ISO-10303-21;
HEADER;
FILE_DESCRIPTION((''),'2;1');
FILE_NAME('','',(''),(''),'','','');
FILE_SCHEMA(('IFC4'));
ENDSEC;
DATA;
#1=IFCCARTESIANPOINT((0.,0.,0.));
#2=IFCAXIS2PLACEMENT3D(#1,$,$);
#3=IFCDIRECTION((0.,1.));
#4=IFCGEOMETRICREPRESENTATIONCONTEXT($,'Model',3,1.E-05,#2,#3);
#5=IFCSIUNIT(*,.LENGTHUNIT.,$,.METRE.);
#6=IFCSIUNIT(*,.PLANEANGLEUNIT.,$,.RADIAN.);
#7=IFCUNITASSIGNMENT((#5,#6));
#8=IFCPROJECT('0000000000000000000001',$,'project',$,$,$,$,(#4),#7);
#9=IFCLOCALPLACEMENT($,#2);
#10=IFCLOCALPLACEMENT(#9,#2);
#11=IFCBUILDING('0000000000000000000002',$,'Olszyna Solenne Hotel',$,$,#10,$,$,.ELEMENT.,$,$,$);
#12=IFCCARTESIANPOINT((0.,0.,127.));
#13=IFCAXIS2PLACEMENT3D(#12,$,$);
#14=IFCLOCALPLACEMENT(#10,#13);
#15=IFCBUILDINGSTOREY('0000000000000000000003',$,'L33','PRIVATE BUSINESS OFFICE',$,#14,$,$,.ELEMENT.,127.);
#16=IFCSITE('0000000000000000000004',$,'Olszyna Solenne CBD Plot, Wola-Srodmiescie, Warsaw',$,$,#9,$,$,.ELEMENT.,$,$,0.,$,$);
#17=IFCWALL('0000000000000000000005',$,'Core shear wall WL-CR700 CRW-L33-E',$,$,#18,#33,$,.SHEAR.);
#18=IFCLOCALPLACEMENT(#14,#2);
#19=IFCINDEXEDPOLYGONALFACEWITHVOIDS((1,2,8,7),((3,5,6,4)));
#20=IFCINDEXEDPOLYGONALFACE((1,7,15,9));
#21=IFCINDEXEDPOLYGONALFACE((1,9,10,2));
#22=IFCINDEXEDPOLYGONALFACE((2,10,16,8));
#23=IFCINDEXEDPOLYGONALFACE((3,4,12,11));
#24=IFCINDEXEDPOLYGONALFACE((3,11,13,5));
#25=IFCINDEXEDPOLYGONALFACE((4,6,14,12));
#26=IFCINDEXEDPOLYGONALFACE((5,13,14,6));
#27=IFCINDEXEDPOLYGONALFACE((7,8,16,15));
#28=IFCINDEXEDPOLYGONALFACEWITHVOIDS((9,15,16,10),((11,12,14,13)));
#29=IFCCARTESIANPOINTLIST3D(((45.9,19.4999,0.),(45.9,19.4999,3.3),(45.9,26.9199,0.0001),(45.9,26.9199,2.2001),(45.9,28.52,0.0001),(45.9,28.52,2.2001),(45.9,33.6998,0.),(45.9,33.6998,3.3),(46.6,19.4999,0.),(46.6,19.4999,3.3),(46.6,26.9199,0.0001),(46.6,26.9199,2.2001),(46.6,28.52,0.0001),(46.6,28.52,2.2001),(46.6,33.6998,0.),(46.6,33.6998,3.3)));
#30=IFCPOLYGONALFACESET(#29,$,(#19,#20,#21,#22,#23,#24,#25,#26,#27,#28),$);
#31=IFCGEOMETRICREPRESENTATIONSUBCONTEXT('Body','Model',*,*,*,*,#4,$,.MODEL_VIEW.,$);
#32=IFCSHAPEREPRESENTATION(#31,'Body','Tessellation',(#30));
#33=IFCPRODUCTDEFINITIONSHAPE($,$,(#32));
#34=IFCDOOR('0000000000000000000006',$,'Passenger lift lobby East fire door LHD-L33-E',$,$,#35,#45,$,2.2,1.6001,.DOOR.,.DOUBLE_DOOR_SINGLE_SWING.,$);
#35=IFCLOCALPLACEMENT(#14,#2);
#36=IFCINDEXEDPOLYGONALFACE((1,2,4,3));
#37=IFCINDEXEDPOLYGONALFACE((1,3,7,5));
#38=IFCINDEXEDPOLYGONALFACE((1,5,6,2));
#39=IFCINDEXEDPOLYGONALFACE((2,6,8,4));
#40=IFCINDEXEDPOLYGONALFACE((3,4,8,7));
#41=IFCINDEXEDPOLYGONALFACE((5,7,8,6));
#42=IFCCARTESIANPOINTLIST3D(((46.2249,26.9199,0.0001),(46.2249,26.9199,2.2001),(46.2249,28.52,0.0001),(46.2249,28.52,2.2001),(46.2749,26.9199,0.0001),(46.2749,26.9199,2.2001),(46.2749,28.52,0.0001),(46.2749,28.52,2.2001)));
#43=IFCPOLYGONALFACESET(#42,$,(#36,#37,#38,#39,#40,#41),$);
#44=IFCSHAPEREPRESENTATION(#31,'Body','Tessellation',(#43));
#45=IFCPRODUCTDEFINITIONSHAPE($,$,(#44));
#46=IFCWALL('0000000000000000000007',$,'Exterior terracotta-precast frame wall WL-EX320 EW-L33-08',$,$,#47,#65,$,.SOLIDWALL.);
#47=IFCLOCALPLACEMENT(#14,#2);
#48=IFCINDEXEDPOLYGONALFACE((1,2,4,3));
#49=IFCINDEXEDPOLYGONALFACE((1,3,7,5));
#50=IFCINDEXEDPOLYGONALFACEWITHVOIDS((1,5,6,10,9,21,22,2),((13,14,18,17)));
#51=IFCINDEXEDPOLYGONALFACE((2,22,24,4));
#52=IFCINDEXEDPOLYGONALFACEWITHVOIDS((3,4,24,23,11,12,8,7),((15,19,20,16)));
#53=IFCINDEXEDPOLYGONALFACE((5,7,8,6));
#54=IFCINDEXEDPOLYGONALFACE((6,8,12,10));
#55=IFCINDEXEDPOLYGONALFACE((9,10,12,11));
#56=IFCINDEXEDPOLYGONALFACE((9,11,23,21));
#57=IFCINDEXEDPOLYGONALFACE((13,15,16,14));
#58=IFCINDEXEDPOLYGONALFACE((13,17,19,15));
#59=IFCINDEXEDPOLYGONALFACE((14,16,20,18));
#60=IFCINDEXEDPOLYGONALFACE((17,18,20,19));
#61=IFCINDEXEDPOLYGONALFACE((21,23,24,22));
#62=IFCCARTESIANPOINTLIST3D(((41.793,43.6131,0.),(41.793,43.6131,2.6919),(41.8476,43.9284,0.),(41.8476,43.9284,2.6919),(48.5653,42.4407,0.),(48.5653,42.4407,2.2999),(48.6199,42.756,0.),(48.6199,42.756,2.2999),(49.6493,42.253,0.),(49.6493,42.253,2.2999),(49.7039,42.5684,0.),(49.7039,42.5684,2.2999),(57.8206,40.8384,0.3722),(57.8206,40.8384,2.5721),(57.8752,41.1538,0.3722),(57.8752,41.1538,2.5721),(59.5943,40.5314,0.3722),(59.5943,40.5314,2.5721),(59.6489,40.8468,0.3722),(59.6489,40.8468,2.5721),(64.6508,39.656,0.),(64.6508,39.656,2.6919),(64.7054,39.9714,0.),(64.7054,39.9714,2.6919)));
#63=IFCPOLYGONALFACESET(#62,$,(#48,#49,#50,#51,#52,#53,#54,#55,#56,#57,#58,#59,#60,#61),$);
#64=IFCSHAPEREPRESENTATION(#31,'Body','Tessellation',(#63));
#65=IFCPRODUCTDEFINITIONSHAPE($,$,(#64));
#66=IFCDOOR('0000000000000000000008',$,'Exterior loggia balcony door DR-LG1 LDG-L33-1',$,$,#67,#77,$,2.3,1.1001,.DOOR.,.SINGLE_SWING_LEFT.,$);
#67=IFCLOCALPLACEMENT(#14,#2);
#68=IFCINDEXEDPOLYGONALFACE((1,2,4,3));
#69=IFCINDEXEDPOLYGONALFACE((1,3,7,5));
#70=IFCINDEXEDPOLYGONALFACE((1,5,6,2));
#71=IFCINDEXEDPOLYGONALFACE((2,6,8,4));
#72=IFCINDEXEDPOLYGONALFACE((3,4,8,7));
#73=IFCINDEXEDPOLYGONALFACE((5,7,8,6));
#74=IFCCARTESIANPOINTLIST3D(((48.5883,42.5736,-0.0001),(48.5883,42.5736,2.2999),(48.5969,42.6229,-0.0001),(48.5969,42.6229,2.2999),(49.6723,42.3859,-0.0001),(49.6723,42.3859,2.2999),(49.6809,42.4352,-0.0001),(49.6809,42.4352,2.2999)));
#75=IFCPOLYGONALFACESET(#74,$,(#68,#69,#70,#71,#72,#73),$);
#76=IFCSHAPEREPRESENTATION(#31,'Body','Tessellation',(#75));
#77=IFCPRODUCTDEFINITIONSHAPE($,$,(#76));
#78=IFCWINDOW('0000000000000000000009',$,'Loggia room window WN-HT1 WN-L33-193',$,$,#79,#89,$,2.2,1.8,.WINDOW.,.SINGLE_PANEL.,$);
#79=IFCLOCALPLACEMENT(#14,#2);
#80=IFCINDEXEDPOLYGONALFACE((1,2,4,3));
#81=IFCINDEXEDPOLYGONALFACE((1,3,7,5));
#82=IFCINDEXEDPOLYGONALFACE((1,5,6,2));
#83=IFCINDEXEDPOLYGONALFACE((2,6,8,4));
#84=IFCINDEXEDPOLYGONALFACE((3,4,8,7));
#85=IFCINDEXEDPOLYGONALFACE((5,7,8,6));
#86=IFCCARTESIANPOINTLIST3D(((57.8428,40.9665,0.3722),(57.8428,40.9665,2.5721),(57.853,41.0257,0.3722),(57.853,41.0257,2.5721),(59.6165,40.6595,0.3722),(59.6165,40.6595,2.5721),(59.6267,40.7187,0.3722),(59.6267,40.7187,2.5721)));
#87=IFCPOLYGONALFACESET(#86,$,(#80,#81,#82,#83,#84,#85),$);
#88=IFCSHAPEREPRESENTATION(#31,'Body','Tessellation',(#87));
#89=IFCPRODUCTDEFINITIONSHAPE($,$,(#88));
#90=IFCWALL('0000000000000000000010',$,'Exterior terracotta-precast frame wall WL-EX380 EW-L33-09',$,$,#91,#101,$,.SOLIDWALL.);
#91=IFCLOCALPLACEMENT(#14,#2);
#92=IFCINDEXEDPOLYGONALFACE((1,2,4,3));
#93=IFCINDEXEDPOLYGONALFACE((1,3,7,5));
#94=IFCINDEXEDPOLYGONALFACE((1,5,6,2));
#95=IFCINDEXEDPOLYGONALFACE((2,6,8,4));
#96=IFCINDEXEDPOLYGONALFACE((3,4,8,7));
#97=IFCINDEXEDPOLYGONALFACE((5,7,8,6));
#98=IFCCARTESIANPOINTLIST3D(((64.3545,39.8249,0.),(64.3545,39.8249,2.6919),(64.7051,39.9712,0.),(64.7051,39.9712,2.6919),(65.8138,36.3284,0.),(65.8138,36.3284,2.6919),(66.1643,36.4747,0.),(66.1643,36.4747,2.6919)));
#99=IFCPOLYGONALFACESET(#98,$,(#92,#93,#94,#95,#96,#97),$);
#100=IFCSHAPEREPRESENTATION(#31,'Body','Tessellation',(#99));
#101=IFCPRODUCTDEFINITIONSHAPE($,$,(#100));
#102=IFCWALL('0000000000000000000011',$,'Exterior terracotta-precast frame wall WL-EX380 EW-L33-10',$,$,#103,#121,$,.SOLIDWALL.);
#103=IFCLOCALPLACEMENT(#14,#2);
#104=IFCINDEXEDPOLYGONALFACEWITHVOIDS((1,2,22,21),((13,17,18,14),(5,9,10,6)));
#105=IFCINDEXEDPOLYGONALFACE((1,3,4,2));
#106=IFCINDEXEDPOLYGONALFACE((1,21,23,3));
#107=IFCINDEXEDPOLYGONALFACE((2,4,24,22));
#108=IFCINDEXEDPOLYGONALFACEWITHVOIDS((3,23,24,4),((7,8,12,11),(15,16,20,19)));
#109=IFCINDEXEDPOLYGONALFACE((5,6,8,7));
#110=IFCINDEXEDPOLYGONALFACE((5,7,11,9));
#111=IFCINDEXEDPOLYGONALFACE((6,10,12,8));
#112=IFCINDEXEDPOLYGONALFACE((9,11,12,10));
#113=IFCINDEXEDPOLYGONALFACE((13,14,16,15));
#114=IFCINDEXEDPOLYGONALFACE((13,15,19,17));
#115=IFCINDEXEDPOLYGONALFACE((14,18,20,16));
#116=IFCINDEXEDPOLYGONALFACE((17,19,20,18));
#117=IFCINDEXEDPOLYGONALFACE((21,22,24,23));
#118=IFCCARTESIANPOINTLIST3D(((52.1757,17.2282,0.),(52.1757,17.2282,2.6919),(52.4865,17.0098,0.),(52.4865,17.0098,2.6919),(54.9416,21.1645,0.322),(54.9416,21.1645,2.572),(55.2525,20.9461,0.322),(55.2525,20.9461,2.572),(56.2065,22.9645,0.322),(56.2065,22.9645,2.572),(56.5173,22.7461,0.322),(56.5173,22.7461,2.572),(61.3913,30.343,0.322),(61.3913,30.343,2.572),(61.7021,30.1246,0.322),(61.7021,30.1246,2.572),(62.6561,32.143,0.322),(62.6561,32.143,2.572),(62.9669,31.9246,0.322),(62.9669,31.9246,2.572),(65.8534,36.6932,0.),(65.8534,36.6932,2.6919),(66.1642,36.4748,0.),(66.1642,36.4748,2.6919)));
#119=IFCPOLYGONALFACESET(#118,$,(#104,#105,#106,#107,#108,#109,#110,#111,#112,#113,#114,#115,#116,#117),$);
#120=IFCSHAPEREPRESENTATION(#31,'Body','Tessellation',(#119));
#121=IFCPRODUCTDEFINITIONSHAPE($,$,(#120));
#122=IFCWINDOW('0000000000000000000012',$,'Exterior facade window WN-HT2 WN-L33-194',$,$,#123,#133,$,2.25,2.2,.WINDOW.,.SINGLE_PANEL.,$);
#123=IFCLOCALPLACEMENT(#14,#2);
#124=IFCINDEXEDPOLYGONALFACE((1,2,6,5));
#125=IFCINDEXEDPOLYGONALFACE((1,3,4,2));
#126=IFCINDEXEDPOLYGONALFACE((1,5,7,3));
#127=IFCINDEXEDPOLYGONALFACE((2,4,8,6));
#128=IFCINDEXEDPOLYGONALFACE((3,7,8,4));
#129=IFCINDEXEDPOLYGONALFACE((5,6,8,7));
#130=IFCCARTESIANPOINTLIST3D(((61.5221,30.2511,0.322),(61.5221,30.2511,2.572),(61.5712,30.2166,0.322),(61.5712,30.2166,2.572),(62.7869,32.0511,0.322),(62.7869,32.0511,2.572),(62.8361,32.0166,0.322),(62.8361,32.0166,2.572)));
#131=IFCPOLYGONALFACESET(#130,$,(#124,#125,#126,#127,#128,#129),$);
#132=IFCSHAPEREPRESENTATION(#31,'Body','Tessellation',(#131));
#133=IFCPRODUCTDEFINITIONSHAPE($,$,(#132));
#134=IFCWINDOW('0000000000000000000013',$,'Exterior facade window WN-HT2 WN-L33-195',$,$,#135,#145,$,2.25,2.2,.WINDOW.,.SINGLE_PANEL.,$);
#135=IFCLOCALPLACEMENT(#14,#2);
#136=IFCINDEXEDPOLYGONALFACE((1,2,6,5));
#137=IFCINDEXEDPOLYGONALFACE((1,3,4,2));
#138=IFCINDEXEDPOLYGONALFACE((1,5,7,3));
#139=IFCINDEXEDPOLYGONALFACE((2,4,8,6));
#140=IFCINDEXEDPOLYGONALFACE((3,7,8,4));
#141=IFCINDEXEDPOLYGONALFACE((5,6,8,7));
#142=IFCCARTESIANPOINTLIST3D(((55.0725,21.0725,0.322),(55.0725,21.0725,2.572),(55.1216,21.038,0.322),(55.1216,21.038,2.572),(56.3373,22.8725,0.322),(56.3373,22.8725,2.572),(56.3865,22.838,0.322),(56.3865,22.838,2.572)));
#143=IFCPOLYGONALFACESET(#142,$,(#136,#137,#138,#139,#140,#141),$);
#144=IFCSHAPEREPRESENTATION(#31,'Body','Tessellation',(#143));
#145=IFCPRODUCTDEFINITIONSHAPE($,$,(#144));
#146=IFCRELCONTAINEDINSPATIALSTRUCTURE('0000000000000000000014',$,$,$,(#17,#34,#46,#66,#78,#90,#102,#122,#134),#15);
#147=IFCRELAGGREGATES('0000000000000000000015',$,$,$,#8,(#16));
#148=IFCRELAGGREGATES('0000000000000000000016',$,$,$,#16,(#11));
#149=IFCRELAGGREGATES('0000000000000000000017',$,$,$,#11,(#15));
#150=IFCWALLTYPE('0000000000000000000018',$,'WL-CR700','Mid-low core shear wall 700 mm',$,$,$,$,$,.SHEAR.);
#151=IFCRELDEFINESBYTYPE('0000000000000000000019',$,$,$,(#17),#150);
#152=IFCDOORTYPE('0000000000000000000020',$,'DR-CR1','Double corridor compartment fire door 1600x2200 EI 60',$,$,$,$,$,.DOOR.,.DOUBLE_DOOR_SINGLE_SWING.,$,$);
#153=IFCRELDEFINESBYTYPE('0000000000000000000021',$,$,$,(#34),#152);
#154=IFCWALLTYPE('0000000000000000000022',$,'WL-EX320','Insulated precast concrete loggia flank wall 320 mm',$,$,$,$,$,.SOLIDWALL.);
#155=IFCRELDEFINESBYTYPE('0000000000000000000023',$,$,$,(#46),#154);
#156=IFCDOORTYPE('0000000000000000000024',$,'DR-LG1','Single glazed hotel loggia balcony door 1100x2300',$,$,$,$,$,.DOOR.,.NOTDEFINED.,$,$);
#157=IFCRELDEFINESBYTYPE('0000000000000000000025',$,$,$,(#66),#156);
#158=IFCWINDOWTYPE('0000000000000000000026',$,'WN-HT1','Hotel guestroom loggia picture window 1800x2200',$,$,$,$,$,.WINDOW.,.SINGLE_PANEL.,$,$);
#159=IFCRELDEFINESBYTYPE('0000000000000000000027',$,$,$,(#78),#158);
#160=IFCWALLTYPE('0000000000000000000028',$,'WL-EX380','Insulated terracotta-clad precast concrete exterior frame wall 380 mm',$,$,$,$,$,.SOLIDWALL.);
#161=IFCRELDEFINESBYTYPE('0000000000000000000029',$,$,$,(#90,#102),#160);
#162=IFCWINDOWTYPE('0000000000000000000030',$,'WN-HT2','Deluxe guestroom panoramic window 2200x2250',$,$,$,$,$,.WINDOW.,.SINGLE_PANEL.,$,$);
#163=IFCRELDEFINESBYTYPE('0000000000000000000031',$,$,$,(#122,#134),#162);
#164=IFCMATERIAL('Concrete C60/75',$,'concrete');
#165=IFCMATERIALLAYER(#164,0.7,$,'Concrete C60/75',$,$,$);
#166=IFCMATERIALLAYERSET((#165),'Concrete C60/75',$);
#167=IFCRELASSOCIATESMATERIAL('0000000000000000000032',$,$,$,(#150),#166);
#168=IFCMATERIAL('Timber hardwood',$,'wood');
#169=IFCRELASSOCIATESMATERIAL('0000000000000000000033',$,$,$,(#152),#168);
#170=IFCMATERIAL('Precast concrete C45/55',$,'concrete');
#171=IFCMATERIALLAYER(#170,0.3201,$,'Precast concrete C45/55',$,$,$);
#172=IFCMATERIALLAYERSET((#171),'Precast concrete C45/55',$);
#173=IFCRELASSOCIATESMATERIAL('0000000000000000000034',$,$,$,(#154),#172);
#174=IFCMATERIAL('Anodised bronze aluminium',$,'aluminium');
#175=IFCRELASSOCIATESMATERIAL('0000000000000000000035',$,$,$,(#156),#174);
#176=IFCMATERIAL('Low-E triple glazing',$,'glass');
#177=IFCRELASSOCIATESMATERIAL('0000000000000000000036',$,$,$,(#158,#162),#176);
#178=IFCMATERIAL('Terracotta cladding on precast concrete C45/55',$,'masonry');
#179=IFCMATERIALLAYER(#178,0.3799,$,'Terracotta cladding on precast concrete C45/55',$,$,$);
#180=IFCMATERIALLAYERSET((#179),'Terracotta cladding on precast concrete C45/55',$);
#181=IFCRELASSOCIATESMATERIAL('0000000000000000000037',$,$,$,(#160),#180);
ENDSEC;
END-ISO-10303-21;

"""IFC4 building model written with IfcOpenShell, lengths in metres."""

from ifc_helpers import new_model, si_unit, direction, frame, frame_2d, origin, place, context, subcontext, project, spatial, rectangle, extrude, source, transform, mapped, material, layer, layer_set, type_object, type_shapes, element, fill, save


model = new_model("IFC4")

# Units and contexts
model_context = context("Model", 3, precision=1e-05, world=origin(), true_north=direction((0.0, 1.0)))
body_context = subcontext(model_context, "Body", "Model", "MODEL_VIEW")
ifc_project = project(units=[si_unit("LENGTHUNIT", "METRE"), si_unit("PLANEANGLEUNIT", "RADIAN")], contexts=[model_context])

# Site, building, storey
site_placement = place(None, origin())
site = spatial("IfcSite", under=ifc_project, at=site_placement, Name="Olszyna Solenne CBD Plot, Wola-Srodmiescie, Warsaw", CompositionType="ELEMENT", RefElevation=0.0)
building_placement = place(site_placement, origin())
building = spatial("IfcBuilding", under=site, at=building_placement, Name="Olszyna Solenne Hotel", CompositionType="ELEMENT")
storey_placement = place(building_placement, frame((0.0, 0.0, 127.0)))
storey = spatial("IfcBuildingStorey", under=building, at=storey_placement, Name="L33", Description="PRIVATE BUSINESS OFFICE", CompositionType="ELEMENT", Elevation=127.0)

# Shared definitions
ifc_material_1 = material(Name="Anodised bronze aluminium", Category="aluminium")

# Wall, opening, door
ifc_material_2 = material(Name="Concrete C60/75", Category="concrete")
ifc_layer_1 = layer(ifc_material_2, 0.7, Name="Concrete C60/75")
ifc_layer_set_1 = layer_set([ifc_layer_1], Name="Concrete C60/75")
wall_type_1 = type_object("IfcWallType", Name="WL-CR700", Description="Mid-low core shear wall 700 mm", PredefinedType="SHEAR", material=ifc_layer_set_1)
wall_1_placement = place(storey_placement, frame((46.25, 33.7, 0.0), z_axis=(0.0, 0.0, 1.0), x_axis=(0.0, -1.0, 0.0)))
wall_1 = element("IfcWall", 1, at=wall_1_placement, inside=storey, type_object=wall_type_1, Name="Core shear wall WL-CR700 CRW-L33-E", PredefinedType="SHEAR", context=body_context, shape_type="SweptSolid", body=[
    extrude(rectangle(XDim=14.2, YDim=0.7, at=frame_2d((7.1001, 0.0))), origin(), (0.0, 0.0, 1.0), 3.3),
])
opening_1_placement = place(wall_1_placement, frame((5.1799, 0.0, 0.0)))
opening_1 = element("IfcOpeningElement", 2, at=opening_1_placement, cuts=wall_1, PredefinedType="OPENING", context=body_context, shape_type="SweptSolid", body=[
    extrude(rectangle(XDim=1.6001, YDim=2.2, at=frame_2d((0.8, 1.1001))), frame((0.0, 0.3599, 0.0), z_axis=(0.0, -1.0, 0.0), x_axis=(1.0, 0.0, 0.0)), (0.0, 0.0, 1.0), 0.72),
])
ifc_material_3 = material(Name="Timber hardwood", Category="wood")
door_type_1 = type_object("IfcDoorType", Name="DR-CR1", Description="Double corridor compartment fire door 1600x2200 EI 60", OperationType="DOUBLE_DOOR_SINGLE_SWING", PredefinedType="DOOR", material=ifc_material_3)
shared_shape_1 = source(origin(), body_context, "Body", "SweptSolid", [
    extrude(rectangle(XDim=1.6001, YDim=2.2, at=frame_2d((0.8, 1.1001))), frame((0.0, 0.0249, 0.0), z_axis=(0.0, -1.0, 0.0), x_axis=(1.0, 0.0, 0.0)), (0.0, 0.0, 1.0), 0.05),
])
type_shapes(door_type_1, [shared_shape_1])
door_1_placement = place(opening_1_placement, origin())
door_1 = element("IfcDoor", 3, at=door_1_placement, inside=storey, type_object=door_type_1, Name="Passenger lift lobby East fire door LHD-L33-E", OperationType="DOUBLE_DOOR_SINGLE_SWING", OverallHeight=2.2, OverallWidth=1.6001, PredefinedType="DOOR", context=body_context, shape_type="MappedRepresentation", body=[
    mapped(shared_shape_1, transform((0.0, 0.0, 0.0), x_axis=(1.0, 0.0, 0.0), y_axis=(0.0, 1.0, 0.0), z_axis=(0.0, 0.0, 1.0), scale=1.0)),
])
fill(opening_1, door_1)

# Wall, openings, door, window
ifc_material_4 = material(Name="Precast concrete C45/55", Category="concrete")
ifc_layer_2 = layer(ifc_material_4, 0.3201, Name="Precast concrete C45/55")
ifc_layer_set_2 = layer_set([ifc_layer_2], Name="Precast concrete C45/55")
wall_type_2 = type_object("IfcWallType", Name="WL-EX320", Description="Insulated precast concrete loggia flank wall 320 mm", PredefinedType="SOLIDWALL", material=ifc_layer_set_2)
wall_2_placement = place(storey_placement, frame((41.8203, 43.7708, 0.0), z_axis=(0.0, 0.0, 1.0), x_axis=(0.985344, -0.170579, 0.0)))
wall_2 = element("IfcWall", 4, at=wall_2_placement, inside=storey, type_object=wall_type_2, Name="Exterior terracotta-precast frame wall WL-EX320 EW-L33-08", PredefinedType="SOLIDWALL", context=body_context, shape_type="SweptSolid", body=[
    extrude(rectangle(XDim=23.1978, YDim=0.3201, at=frame_2d((11.5989, 0.0))), origin(), (0.0, 0.0, 1.0), 2.6919),
])
opening_2_placement = place(wall_2_placement, frame((6.873, 0.0, 0.0)))
opening_2 = element("IfcOpeningElement", 5, at=opening_2_placement, cuts=wall_2, PredefinedType="OPENING", context=body_context, shape_type="SweptSolid", body=[
    extrude(rectangle(XDim=1.1001, YDim=2.3, at=frame_2d((0.55, 1.1499))), frame((0.0, 0.1699, 0.0), z_axis=(0.0, -1.0, 0.0), x_axis=(1.0, 0.0, 0.0)), (0.0, 0.0, 1.0), 0.3401),
])
opening_3_placement = place(wall_2_placement, frame((16.2661, 0.0, 0.3721)))
opening_3 = element("IfcOpeningElement", 6, at=opening_3_placement, cuts=wall_2, PredefinedType="OPENING", context=body_context, shape_type="SweptSolid", body=[
    extrude(rectangle(XDim=1.8, YDim=2.2, at=frame_2d((0.8999, 1.1001))), frame((0.0, 0.1699, 0.0), z_axis=(0.0, -1.0, 0.0), x_axis=(1.0, 0.0, 0.0)), (0.0, 0.0, 1.0), 0.3401),
])
door_type_2 = type_object("IfcDoorType", Name="DR-LG1", Description="Single glazed hotel loggia balcony door 1100x2300", OperationType="NOTDEFINED", PredefinedType="DOOR", material=ifc_material_1)
shared_shape_2 = source(origin(), body_context, "Body", "SweptSolid", [
    extrude(rectangle(XDim=1.1001, YDim=2.3, at=frame_2d((0.55, 1.1499))), frame((0.0, 0.0249, 0.0), z_axis=(0.0, -1.0, 0.0), x_axis=(1.0, 0.0, 0.0)), (0.0, 0.0, 1.0), 0.05),
])
type_shapes(door_type_2, [shared_shape_2])
door_2_placement = place(opening_2_placement, origin())
door_2 = element("IfcDoor", 7, at=door_2_placement, inside=storey, type_object=door_type_2, Name="Exterior loggia balcony door DR-LG1 LDG-L33-1", OperationType="SINGLE_SWING_LEFT", OverallHeight=2.3, OverallWidth=1.1001, PredefinedType="DOOR", context=body_context, shape_type="MappedRepresentation", body=[
    mapped(shared_shape_2, transform((0.0, 0.0, 0.0), x_axis=(1.0, 0.0, 0.0), y_axis=(0.0, 1.0, 0.0), z_axis=(0.0, 0.0, 1.0), scale=1.0)),
])
fill(opening_2, door_2)
ifc_material_5 = material(Name="Low-E triple glazing", Category="glass")
window_type_1 = type_object("IfcWindowType", Name="WN-HT1", Description="Hotel guestroom loggia picture window 1800x2200", PartitioningType="SINGLE_PANEL", PredefinedType="WINDOW", material=ifc_material_5)
shared_shape_3 = source(origin(), body_context, "Body", "SweptSolid", [
    extrude(rectangle(XDim=1.8, YDim=2.2, at=frame_2d((0.8999, 1.1001))), frame((0.0, 0.03, 0.0), z_axis=(0.0, -1.0, 0.0), x_axis=(1.0, 0.0, 0.0)), (0.0, 0.0, 1.0), 0.0601),
])
type_shapes(window_type_1, [shared_shape_3])
window_1_placement = place(opening_3_placement, origin())
window_1 = element("IfcWindow", 8, at=window_1_placement, inside=storey, type_object=window_type_1, Name="Loggia room window WN-HT1 WN-L33-193", OverallHeight=2.2, OverallWidth=1.8, PartitioningType="SINGLE_PANEL", PredefinedType="WINDOW", context=body_context, shape_type="MappedRepresentation", body=[
    mapped(shared_shape_3, transform((0.0, 0.0, 0.0), x_axis=(1.0, 0.0, 0.0), y_axis=(0.0, 1.0, 0.0), z_axis=(0.0, 0.0, 1.0), scale=1.0)),
])
fill(opening_3, window_1)

# Wall
ifc_material_6 = material(Name="Terracotta cladding on precast concrete C45/55", Category="masonry")
ifc_layer_3 = layer(ifc_material_6, 0.3799, Name="Terracotta cladding on precast concrete C45/55")
ifc_layer_set_3 = layer_set([ifc_layer_3], Name="Terracotta cladding on precast concrete C45/55")
wall_type_3 = type_object("IfcWallType", Name="WL-EX380", Description="Insulated terracotta-clad precast concrete exterior frame wall 380 mm", PredefinedType="SOLIDWALL", material=ifc_layer_set_3)
wall_3_placement = place(storey_placement, frame((64.5298, 39.8982, 0.0), z_axis=(0.0, 0.0, 1.0), x_axis=(0.385137, -0.922859, 0.0)))
element("IfcWall", 9, at=wall_3_placement, inside=storey, type_object=wall_type_3, Name="Exterior terracotta-precast frame wall WL-EX380 EW-L33-09", PredefinedType="SOLIDWALL", context=body_context, shape_type="SweptSolid", body=[
    extrude(rectangle(XDim=3.7888, YDim=0.3799, at=frame_2d((1.8945, 0.0))), origin(), (0.0, 0.0, 1.0), 2.6919),
])

# Wall, openings, windows
wall_4_placement = place(storey_placement, frame((66.0088, 36.584, 0.0), z_axis=(0.0, 0.0, 1.0), x_axis=(-0.574933, -0.8182, 0.0)))
wall_4 = element("IfcWall", 10, at=wall_4_placement, inside=storey, type_object=wall_type_3, Name="Exterior terracotta-precast frame wall WL-EX380 EW-L33-10", PredefinedType="SOLIDWALL", context=body_context, shape_type="SweptSolid", body=[
    extrude(rectangle(XDim=23.79, YDim=0.3799, at=frame_2d((11.895, 0.0))), origin(), (0.0, 0.0, 1.0), 2.6919),
])
opening_4_placement = place(wall_4_placement, frame((5.561, 0.0, 0.322)))
opening_4 = element("IfcOpeningElement", 11, at=opening_4_placement, cuts=wall_4, PredefinedType="OPENING", context=body_context, shape_type="SweptSolid", body=[
    extrude(rectangle(XDim=2.2, YDim=2.25, at=frame_2d((1.1001, 1.125))), frame((0.0, 0.2, 0.0), z_axis=(0.0, -1.0, 0.0), x_axis=(1.0, 0.0, 0.0)), (0.0, 0.0, 1.0), 0.3999),
])
opening_5_placement = place(wall_4_placement, frame((16.7791, 0.0, 0.322)))
opening_5 = element("IfcOpeningElement", 12, at=opening_5_placement, cuts=wall_4, PredefinedType="OPENING", context=body_context, shape_type="SweptSolid", body=[
    extrude(rectangle(XDim=2.2, YDim=2.25, at=frame_2d((1.1001, 1.125))), frame((0.0, 0.2, 0.0), z_axis=(0.0, -1.0, 0.0), x_axis=(1.0, 0.0, 0.0)), (0.0, 0.0, 1.0), 0.3999),
])
window_type_2 = type_object("IfcWindowType", Name="WN-HT2", Description="Deluxe guestroom panoramic window 2200x2250", PartitioningType="SINGLE_PANEL", PredefinedType="WINDOW", material=ifc_material_5)
shared_shape_4 = source(origin(), body_context, "Body", "SweptSolid", [
    extrude(rectangle(XDim=2.2, YDim=2.25, at=frame_2d((1.1001, 1.125))), frame((0.0, 0.03, 0.0), z_axis=(0.0, -1.0, 0.0), x_axis=(1.0, 0.0, 0.0)), (0.0, 0.0, 1.0), 0.0601),
])
type_shapes(window_type_2, [shared_shape_4])
window_2_placement = place(opening_4_placement, origin())
window_2 = element("IfcWindow", 13, at=window_2_placement, inside=storey, type_object=window_type_2, Name="Exterior facade window WN-HT2 WN-L33-194", OverallHeight=2.25, OverallWidth=2.2, PartitioningType="SINGLE_PANEL", PredefinedType="WINDOW", context=body_context, shape_type="MappedRepresentation", body=[
    mapped(shared_shape_4, transform((0.0, 0.0, 0.0), x_axis=(1.0, 0.0, 0.0), y_axis=(0.0, 1.0, 0.0), z_axis=(0.0, 0.0, 1.0), scale=1.0)),
])
fill(opening_4, window_2)
window_3_placement = place(opening_5_placement, origin())
window_3 = element("IfcWindow", 14, at=window_3_placement, inside=storey, type_object=window_type_2, Name="Exterior facade window WN-HT2 WN-L33-195", OverallHeight=2.25, OverallWidth=2.2, PartitioningType="SINGLE_PANEL", PredefinedType="WINDOW", context=body_context, shape_type="MappedRepresentation", body=[
    mapped(shared_shape_4, transform((0.0, 0.0, 0.0), x_axis=(1.0, 0.0, 0.0), y_axis=(0.0, 1.0, 0.0), z_axis=(0.0, 0.0, 1.0), scale=1.0)),
])
fill(opening_5, window_3)

save(model, "model.ifc")
